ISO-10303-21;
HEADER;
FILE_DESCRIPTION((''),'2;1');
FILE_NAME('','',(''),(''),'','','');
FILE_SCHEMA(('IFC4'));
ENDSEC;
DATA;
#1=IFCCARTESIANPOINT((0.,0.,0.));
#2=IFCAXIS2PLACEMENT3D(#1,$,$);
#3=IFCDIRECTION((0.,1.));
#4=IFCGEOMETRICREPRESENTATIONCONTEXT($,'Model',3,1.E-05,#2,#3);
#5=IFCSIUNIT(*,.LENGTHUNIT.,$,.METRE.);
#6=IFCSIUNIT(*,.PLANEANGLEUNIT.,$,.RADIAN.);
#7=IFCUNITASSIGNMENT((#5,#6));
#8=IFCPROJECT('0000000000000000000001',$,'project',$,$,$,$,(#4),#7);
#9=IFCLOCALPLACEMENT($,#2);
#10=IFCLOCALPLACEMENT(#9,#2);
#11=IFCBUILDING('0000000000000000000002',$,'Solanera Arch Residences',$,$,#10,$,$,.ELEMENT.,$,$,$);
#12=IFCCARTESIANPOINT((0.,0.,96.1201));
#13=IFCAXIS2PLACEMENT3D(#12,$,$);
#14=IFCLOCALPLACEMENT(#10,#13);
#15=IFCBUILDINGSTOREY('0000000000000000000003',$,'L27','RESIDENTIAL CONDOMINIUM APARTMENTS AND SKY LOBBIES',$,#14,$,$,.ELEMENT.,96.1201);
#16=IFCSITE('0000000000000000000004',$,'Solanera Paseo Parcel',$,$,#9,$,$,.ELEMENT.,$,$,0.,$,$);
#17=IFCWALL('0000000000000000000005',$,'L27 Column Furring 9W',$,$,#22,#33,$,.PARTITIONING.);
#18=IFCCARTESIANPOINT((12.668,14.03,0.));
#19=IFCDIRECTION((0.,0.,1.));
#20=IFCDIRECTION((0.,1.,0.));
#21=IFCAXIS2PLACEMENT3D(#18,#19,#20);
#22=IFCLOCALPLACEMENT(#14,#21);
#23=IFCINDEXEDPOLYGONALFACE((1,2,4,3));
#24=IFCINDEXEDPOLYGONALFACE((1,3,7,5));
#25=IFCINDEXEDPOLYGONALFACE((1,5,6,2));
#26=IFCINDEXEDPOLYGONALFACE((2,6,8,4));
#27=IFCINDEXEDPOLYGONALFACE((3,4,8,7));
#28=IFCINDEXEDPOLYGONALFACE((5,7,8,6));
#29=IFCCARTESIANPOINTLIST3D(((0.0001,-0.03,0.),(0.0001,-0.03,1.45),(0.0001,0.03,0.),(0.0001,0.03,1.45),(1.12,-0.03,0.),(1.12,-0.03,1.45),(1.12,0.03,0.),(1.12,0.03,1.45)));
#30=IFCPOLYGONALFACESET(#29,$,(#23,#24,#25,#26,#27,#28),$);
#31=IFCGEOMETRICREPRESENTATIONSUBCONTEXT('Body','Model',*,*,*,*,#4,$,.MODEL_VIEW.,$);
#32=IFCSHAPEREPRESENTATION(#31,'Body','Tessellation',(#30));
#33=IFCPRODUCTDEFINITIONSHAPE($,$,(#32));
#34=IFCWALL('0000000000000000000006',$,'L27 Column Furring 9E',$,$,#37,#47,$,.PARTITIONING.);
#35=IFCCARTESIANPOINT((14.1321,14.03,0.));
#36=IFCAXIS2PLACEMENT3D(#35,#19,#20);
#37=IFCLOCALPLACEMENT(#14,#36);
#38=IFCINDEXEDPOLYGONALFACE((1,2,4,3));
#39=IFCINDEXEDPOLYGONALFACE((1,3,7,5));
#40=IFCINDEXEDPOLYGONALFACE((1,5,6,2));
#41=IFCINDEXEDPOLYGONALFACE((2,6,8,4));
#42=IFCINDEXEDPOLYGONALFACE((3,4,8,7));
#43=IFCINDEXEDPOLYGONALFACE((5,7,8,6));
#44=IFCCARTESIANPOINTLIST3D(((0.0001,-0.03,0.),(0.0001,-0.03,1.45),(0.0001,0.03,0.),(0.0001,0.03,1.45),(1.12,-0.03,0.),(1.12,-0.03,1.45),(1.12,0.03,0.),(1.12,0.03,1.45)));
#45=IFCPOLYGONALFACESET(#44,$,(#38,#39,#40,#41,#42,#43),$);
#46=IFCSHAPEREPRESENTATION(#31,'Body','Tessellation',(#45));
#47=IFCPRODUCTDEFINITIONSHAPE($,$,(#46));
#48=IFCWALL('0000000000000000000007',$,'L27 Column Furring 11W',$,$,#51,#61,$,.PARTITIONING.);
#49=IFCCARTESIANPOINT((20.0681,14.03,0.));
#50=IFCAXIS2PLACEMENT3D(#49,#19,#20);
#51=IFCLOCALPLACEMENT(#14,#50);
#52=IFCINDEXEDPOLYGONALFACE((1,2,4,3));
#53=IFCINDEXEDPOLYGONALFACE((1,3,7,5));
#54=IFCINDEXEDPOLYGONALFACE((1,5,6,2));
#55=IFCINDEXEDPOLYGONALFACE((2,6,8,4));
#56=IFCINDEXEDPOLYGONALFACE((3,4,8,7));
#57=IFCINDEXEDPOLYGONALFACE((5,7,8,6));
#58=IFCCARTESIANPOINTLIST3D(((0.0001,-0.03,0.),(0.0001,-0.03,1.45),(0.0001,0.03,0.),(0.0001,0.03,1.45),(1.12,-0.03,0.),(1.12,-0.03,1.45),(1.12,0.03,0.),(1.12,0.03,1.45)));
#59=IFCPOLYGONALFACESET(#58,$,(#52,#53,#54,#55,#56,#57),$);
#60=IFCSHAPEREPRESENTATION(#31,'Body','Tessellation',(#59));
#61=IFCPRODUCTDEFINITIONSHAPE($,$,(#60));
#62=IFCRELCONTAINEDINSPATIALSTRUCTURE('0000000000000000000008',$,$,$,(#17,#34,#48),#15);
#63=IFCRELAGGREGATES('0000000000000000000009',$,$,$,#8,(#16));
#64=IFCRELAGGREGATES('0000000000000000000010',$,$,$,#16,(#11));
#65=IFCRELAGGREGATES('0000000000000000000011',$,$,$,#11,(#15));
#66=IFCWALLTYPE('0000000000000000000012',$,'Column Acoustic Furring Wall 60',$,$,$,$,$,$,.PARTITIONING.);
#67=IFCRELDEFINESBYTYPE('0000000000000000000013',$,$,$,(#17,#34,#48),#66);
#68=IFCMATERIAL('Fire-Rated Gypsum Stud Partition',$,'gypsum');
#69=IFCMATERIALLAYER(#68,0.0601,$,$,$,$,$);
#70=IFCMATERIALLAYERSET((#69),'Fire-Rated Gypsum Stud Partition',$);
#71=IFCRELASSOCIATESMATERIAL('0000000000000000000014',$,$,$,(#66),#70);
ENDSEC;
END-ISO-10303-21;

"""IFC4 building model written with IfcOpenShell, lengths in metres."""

from ifc_helpers import new_model, si_unit, direction, frame, frame_2d, origin, place, context, subcontext, project, spatial, rectangle, extrude, material, layer, layer_set, type_object, element, save


model = new_model("IFC4")

# Units and contexts
model_context = context("Model", 3, precision=1e-05, world=origin(), true_north=direction((0.0, 1.0)))
body_context = subcontext(model_context, "Body", "Model", "MODEL_VIEW")
ifc_project = project(units=[si_unit("LENGTHUNIT", "METRE"), si_unit("PLANEANGLEUNIT", "RADIAN")], contexts=[model_context])

# Site, building, storey
site_placement = place(None, origin())
site = spatial("IfcSite", under=ifc_project, at=site_placement, Name="Solanera Paseo Parcel", CompositionType="ELEMENT", RefElevation=0.0)
building_placement = place(site_placement, origin())
building = spatial("IfcBuilding", under=site, at=building_placement, Name="Solanera Arch Residences", CompositionType="ELEMENT")
storey_placement = place(building_placement, frame((0.0, 0.0, 96.1201)))
storey = spatial("IfcBuildingStorey", under=building, at=storey_placement, Name="L27", Description="RESIDENTIAL CONDOMINIUM APARTMENTS AND SKY LOBBIES", CompositionType="ELEMENT", Elevation=96.1201)

# Walls
ifc_material_1 = material(Name="Fire-Rated Gypsum Stud Partition", Category="gypsum")
ifc_layer_1 = layer(ifc_material_1, 0.0601)
ifc_layer_set_1 = layer_set([ifc_layer_1], Name="Fire-Rated Gypsum Stud Partition")
wall_type_1 = type_object("IfcWallType", Name="Column Acoustic Furring Wall 60", PredefinedType="PARTITIONING", material=ifc_layer_set_1)
for number, where, z_axis, x_axis, name in (
    (1, (12.668, 14.03, 0.0), (0.0, 0.0, 1.0), (0.0, 1.0, 0.0), "L27 Column Furring 9W"),
    (2, (14.1321, 14.03, 0.0), (0.0, 0.0, 1.0), (0.0, 1.0, 0.0), "L27 Column Furring 9E"),
):
    element("IfcWall", number, at=place(storey_placement, frame(where, z_axis=z_axis, x_axis=x_axis)), inside=storey, type_object=wall_type_1, Name=name, PredefinedType="PARTITIONING", context=body_context, shape_type="SweptSolid", body=[
        extrude(rectangle(XDim=1.1199, YDim=0.0601, at=frame_2d((0.5601, 0.0))), origin(), (0.0, 0.0, 1.0), 1.45),
    ])
wall_1_placement = place(storey_placement, frame((20.0681, 14.03, 0.0), z_axis=(0.0, 0.0, 1.0), x_axis=(0.0, 1.0, 0.0)))
element("IfcWall", 3, at=wall_1_placement, inside=storey, type_object=wall_type_1, Name="L27 Column Furring 11W", PredefinedType="PARTITIONING", context=body_context, shape_type="SweptSolid", body=[
    extrude(rectangle(XDim=1.1199, YDim=0.0601, at=frame_2d((0.5601, 0.0))), origin(), (0.0, 0.0, 1.0), 1.45),
])

save(model, "model.ifc")
